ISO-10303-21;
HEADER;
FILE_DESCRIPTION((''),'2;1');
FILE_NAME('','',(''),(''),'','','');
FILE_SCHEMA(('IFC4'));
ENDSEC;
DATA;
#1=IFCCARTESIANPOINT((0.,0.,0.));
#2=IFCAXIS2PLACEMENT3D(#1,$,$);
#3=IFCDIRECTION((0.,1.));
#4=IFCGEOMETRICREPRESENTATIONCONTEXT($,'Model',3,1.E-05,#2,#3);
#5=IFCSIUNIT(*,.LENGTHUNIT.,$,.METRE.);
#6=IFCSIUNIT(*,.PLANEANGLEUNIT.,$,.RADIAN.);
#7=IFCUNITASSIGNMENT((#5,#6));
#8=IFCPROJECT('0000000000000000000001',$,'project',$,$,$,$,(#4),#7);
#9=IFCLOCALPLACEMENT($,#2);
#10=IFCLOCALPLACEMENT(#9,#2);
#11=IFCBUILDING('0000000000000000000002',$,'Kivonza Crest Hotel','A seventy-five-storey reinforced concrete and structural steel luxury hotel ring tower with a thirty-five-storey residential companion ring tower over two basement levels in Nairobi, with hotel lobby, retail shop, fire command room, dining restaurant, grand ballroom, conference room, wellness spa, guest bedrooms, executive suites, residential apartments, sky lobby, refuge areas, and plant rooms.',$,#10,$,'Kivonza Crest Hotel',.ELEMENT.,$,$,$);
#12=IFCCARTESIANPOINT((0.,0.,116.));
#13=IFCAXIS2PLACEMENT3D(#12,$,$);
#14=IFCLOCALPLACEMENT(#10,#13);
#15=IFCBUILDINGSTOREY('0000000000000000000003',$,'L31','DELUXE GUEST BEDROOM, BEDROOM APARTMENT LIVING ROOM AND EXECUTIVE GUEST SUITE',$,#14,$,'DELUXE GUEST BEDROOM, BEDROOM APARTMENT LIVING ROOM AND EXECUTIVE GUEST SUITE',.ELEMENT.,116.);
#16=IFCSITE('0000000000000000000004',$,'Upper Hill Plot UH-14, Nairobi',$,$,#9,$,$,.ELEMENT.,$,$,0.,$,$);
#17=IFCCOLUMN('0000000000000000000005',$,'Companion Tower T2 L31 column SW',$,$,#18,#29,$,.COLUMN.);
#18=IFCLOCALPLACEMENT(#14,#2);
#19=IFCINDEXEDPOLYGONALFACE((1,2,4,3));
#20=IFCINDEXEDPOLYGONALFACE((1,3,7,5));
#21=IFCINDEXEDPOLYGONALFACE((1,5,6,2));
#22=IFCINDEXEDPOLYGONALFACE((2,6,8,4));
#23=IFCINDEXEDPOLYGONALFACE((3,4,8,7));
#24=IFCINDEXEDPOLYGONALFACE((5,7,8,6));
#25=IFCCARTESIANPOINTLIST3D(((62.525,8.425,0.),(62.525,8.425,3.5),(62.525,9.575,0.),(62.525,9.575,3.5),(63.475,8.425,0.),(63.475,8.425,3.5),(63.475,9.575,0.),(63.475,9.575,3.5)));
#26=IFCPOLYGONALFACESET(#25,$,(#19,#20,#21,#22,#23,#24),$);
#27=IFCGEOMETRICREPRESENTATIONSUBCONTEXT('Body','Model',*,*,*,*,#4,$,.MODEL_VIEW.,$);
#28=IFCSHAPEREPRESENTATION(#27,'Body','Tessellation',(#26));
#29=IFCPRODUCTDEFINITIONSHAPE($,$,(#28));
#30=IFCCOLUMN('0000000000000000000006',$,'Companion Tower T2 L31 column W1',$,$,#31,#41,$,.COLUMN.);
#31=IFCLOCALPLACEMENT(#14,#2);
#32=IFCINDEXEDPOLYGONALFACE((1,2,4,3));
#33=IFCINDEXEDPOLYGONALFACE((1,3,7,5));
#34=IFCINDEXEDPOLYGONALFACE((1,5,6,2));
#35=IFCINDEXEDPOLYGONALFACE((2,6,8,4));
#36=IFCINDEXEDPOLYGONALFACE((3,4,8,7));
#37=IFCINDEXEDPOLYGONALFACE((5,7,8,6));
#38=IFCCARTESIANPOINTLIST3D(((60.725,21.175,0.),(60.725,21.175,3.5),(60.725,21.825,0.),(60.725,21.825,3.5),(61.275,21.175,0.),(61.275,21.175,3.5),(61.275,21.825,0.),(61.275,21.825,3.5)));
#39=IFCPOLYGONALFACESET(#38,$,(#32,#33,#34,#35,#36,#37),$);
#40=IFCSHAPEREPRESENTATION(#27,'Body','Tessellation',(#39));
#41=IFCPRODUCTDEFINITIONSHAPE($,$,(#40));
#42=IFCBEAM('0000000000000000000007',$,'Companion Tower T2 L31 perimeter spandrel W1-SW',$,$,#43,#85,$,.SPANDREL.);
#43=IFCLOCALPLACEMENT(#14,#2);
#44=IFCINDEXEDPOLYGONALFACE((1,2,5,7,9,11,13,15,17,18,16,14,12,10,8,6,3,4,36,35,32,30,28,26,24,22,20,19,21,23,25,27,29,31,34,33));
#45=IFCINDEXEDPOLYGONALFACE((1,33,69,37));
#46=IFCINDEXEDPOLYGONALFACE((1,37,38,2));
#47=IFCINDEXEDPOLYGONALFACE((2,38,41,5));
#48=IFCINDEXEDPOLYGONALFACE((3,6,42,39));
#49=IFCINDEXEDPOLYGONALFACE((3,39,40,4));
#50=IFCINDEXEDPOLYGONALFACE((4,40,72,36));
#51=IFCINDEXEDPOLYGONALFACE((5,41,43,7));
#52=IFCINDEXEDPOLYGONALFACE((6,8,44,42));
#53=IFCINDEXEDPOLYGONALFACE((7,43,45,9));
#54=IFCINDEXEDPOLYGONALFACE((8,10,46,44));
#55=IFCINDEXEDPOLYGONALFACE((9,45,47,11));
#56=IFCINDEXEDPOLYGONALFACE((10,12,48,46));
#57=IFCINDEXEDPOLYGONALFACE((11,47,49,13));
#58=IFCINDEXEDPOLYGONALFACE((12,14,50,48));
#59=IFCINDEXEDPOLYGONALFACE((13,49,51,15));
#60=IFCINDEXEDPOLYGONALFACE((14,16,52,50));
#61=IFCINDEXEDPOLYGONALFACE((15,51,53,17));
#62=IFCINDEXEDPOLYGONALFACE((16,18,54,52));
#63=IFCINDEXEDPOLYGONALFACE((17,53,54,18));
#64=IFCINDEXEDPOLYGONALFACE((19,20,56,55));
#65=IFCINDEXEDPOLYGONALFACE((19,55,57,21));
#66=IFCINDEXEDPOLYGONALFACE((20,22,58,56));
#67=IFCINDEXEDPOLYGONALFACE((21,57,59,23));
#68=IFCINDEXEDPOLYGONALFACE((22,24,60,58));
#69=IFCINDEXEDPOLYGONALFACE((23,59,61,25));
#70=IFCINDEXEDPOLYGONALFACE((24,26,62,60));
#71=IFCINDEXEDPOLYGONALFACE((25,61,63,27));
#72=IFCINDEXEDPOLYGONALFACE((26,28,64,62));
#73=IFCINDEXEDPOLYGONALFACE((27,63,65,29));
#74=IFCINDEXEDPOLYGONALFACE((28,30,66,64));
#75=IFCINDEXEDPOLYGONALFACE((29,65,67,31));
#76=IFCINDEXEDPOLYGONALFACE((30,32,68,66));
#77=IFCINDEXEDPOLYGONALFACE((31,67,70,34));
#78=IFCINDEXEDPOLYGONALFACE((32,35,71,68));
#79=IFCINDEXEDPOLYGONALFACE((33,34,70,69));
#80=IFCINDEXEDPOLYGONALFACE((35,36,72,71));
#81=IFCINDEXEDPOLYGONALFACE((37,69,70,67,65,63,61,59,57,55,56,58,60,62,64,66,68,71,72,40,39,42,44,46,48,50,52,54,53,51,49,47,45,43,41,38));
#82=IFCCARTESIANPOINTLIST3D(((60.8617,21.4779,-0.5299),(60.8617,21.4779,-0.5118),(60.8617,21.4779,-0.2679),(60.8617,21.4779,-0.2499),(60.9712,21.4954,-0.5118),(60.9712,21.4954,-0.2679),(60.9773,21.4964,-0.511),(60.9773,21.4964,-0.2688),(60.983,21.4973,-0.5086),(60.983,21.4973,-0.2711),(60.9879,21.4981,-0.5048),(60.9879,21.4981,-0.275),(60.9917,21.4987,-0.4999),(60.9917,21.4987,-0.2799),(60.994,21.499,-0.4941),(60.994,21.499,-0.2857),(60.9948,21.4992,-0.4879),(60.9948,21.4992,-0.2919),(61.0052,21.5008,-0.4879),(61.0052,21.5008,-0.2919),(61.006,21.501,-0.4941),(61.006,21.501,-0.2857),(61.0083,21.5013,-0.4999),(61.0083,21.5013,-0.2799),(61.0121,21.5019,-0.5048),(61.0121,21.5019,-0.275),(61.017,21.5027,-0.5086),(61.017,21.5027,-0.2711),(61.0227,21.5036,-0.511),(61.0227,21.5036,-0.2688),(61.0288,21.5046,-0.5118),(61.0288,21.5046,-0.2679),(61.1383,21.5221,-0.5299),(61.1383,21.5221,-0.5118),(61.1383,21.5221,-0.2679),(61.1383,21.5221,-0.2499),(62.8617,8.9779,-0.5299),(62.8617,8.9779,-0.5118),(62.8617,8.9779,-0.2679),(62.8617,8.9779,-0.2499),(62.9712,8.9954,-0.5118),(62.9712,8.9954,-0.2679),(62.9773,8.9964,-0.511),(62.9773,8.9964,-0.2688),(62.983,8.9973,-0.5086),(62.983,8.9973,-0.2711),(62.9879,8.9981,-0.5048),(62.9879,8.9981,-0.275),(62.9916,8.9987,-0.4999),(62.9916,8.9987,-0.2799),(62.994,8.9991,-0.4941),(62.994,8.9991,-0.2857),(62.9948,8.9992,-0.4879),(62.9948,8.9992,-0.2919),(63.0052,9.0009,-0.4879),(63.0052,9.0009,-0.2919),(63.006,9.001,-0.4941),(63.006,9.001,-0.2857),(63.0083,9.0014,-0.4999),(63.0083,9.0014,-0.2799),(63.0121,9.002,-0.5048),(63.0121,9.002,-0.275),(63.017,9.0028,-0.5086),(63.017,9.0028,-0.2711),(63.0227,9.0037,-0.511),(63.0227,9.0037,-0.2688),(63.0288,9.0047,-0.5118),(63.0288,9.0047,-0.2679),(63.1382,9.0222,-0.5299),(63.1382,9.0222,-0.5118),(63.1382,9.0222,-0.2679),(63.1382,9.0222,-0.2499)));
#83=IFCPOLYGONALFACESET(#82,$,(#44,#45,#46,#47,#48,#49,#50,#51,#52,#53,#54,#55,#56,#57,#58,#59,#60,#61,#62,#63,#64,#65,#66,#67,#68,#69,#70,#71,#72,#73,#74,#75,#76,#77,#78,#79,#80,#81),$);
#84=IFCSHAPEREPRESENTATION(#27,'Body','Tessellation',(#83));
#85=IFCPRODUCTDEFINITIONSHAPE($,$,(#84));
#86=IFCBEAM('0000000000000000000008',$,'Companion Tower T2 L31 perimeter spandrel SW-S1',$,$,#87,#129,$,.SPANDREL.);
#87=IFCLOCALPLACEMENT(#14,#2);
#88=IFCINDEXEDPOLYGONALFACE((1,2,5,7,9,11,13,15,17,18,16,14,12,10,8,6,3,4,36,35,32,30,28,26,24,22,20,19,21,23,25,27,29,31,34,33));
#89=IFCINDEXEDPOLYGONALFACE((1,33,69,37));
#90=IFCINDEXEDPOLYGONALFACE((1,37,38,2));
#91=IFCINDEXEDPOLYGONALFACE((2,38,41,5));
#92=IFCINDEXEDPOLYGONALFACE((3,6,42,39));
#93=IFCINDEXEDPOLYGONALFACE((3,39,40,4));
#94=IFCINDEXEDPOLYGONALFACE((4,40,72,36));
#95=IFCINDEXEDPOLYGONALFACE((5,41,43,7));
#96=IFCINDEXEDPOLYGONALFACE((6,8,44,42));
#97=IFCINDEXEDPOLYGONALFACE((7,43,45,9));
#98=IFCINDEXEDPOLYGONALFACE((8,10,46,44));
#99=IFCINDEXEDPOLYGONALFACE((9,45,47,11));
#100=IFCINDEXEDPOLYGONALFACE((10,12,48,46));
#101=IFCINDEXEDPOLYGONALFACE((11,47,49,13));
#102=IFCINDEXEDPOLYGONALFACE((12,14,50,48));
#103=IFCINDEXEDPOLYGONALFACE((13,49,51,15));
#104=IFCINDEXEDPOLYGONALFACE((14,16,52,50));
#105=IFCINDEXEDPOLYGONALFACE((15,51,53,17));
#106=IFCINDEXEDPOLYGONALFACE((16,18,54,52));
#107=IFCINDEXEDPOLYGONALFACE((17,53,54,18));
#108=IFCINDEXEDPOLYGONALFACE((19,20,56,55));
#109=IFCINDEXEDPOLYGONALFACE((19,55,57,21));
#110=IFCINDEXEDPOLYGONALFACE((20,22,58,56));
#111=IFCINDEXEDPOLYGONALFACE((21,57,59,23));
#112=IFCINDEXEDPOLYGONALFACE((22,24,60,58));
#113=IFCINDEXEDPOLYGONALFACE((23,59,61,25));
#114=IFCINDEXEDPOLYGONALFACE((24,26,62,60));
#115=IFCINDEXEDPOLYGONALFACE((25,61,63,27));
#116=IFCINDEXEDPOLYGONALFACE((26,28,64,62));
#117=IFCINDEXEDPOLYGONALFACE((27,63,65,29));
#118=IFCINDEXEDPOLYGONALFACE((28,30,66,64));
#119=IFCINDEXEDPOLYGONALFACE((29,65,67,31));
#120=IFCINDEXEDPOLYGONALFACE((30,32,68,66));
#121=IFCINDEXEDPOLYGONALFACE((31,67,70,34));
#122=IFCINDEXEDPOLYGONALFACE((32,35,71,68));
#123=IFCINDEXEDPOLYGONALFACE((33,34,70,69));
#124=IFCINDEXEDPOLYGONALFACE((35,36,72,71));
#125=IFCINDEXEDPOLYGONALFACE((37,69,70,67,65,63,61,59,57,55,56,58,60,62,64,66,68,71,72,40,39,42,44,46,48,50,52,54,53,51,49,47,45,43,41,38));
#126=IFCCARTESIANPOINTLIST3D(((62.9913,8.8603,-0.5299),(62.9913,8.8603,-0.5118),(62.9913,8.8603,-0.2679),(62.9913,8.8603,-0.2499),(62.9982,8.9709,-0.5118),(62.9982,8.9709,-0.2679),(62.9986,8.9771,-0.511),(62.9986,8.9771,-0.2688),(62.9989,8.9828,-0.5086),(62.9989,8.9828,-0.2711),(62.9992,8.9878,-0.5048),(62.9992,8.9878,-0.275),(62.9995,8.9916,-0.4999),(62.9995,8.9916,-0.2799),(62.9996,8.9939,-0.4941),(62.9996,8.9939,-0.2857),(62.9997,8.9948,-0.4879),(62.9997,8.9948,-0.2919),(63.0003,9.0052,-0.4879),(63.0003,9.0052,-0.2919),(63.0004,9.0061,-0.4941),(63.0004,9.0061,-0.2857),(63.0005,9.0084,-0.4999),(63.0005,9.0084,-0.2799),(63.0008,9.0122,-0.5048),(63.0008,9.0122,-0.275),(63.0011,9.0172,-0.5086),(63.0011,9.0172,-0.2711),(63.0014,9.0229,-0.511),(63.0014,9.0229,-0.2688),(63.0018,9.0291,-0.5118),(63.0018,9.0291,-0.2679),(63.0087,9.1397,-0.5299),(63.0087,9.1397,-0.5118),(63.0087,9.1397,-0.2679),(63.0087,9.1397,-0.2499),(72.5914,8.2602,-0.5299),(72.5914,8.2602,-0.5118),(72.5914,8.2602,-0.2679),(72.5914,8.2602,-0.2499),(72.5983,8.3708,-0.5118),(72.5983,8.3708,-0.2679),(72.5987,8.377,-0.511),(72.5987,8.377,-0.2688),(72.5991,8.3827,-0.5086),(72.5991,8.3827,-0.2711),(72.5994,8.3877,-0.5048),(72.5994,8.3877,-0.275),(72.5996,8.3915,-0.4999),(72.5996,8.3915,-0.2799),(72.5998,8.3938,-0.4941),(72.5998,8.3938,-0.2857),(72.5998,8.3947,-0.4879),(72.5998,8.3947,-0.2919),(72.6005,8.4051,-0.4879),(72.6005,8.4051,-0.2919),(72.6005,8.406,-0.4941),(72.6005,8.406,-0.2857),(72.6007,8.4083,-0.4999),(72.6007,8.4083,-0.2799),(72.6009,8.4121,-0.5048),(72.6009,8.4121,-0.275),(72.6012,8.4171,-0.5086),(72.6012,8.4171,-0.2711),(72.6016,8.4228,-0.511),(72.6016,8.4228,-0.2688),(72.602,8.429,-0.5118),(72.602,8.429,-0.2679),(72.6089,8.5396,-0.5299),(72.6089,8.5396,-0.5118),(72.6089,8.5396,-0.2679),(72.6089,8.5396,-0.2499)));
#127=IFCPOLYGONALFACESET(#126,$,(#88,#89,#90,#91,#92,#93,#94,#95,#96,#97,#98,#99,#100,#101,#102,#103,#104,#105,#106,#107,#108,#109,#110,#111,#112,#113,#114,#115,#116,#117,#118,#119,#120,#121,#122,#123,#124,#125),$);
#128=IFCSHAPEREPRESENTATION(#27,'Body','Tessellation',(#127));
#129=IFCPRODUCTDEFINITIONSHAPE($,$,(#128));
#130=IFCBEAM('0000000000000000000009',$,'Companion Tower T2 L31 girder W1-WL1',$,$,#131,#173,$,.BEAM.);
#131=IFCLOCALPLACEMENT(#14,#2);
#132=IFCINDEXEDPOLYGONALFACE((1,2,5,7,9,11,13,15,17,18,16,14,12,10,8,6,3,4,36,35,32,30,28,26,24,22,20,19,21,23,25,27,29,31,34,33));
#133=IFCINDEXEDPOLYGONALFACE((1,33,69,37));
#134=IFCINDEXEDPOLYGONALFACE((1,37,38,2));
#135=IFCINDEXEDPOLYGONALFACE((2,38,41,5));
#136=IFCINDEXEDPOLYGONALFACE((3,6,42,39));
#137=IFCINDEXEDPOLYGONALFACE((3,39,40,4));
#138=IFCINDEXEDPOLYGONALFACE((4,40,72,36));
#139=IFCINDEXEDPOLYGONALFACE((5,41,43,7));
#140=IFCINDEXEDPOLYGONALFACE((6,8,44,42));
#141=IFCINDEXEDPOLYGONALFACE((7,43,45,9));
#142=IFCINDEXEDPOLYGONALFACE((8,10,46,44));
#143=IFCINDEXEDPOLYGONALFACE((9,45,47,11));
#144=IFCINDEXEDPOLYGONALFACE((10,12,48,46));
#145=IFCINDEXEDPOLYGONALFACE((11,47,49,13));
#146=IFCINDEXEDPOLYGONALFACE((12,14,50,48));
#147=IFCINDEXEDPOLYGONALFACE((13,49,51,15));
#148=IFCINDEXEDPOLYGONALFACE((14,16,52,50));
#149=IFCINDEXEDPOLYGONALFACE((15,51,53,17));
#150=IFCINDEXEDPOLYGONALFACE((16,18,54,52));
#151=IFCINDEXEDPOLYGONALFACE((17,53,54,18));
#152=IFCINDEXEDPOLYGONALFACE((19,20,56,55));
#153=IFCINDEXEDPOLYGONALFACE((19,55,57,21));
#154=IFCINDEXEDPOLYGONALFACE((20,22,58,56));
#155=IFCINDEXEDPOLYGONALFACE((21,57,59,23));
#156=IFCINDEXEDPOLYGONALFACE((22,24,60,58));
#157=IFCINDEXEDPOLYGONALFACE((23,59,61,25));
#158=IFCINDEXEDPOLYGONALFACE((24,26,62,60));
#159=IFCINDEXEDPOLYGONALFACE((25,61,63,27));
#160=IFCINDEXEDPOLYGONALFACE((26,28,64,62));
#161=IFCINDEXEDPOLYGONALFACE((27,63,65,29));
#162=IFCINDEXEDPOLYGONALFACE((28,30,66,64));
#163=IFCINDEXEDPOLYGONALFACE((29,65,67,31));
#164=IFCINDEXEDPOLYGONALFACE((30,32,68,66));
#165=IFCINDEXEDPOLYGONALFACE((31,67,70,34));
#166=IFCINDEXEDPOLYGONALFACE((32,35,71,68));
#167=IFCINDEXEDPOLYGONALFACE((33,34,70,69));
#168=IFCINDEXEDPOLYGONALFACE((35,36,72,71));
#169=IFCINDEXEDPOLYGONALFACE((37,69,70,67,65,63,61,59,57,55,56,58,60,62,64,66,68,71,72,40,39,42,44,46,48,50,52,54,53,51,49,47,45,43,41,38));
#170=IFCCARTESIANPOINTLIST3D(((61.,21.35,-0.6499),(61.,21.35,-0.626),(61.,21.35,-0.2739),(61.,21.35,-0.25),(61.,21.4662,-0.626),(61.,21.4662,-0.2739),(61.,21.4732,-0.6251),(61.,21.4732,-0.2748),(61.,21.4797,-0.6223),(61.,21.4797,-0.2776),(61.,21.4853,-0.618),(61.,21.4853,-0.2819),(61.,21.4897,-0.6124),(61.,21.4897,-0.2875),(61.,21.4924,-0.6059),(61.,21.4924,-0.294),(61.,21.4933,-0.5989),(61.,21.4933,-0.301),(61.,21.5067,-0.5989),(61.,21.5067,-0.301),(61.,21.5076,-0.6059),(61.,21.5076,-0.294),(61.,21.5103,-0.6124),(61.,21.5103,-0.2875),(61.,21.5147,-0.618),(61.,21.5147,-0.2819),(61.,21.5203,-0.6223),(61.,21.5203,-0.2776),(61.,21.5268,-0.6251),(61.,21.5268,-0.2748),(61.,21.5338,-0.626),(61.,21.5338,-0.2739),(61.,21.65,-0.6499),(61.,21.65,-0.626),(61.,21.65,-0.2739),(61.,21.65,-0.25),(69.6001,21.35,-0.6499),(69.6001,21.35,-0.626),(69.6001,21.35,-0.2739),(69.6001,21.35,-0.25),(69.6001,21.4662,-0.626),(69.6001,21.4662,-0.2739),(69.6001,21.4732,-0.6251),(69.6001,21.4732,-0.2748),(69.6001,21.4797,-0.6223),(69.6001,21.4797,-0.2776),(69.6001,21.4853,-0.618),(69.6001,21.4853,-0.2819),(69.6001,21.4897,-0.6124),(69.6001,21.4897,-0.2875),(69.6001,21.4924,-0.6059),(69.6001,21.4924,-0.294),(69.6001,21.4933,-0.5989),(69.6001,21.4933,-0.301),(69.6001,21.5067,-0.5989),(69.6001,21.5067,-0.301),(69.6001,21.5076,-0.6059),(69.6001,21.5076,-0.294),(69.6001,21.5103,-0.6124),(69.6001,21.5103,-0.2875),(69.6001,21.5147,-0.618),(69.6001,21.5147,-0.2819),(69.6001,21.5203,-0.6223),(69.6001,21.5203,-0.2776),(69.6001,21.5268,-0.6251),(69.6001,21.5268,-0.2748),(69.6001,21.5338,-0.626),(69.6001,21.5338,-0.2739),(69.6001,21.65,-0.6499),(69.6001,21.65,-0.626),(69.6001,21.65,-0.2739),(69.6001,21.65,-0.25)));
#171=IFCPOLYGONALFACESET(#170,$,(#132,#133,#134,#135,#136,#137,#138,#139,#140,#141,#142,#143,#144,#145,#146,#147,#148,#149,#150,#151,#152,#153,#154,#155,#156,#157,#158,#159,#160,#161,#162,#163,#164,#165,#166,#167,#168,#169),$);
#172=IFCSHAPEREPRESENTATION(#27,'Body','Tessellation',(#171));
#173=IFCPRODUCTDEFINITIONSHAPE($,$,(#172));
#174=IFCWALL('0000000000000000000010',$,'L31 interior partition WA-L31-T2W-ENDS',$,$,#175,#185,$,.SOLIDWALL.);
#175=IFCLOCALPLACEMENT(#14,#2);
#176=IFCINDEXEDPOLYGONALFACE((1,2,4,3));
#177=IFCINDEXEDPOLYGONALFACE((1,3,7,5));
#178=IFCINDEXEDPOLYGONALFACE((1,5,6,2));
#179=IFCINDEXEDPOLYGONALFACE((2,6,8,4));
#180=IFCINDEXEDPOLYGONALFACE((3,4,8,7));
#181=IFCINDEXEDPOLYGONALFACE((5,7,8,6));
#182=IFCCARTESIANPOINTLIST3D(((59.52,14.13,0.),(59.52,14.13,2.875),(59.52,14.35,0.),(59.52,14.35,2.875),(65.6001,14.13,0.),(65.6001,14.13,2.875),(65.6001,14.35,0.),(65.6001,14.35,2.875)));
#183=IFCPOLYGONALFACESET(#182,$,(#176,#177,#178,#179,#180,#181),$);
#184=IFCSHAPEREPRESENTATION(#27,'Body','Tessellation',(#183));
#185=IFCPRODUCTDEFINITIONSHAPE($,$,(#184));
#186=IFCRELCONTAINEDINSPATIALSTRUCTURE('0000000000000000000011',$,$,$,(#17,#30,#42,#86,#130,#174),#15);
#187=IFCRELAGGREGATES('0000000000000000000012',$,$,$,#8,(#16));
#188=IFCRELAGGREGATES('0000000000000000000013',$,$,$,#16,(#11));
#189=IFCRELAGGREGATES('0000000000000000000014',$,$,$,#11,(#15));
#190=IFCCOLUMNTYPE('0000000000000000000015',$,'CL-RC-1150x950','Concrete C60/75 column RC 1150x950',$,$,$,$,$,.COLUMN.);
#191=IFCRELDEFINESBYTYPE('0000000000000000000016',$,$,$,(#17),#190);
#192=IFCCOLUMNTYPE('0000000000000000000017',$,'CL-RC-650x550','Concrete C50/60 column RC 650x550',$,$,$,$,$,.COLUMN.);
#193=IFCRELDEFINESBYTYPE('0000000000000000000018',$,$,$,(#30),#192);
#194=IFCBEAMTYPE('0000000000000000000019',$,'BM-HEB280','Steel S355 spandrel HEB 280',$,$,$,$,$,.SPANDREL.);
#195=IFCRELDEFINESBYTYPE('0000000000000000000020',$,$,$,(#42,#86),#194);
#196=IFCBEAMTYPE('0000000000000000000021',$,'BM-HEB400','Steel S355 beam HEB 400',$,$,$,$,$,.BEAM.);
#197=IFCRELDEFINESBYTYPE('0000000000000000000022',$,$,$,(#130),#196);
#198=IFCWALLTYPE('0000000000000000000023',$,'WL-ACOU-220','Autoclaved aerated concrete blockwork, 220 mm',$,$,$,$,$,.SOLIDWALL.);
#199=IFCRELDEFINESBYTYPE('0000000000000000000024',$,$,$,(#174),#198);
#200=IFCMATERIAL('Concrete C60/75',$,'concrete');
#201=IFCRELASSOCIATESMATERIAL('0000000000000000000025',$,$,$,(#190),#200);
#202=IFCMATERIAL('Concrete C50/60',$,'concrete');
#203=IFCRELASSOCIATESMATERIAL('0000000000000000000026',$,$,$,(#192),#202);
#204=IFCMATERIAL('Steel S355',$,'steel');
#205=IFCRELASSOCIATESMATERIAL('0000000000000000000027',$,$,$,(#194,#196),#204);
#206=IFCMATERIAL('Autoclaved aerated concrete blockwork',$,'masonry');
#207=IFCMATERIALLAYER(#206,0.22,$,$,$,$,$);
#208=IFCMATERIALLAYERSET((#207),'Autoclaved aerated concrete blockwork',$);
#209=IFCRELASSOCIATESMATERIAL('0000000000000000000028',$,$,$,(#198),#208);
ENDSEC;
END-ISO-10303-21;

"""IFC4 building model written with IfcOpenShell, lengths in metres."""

from ifc_helpers import new_model, si_unit, direction, frame, frame_2d, origin, origin_2d, place, context, subcontext, project, spatial, rectangle, i_section, extrude, material, layer, layer_set, material_profile, profile_set, type_object, element, save


model = new_model("IFC4")

# Units and contexts
model_context = context("Model", 3, precision=1e-05, world=origin(), true_north=direction((0.0, 1.0)))
body_context = subcontext(model_context, "Body", "Model", "MODEL_VIEW")
ifc_project = project(units=[si_unit("LENGTHUNIT", "METRE"), si_unit("PLANEANGLEUNIT", "RADIAN")], contexts=[model_context])

# Site, building, storey
site_placement = place(None, origin())
site = spatial("IfcSite", under=ifc_project, at=site_placement, Name="Upper Hill Plot UH-14, Nairobi", CompositionType="ELEMENT", RefElevation=0.0)
building_placement = place(site_placement, origin())
building = spatial("IfcBuilding", under=site, at=building_placement, Name="Kivonza Crest Hotel", Description="A seventy-five-storey reinforced concrete and structural steel luxury hotel ring tower with a thirty-five-storey residential companion ring tower over two basement levels in Nairobi, with hotel lobby, retail shop, fire command room, dining restaurant, grand ballroom, conference room, wellness spa, guest bedrooms, executive suites, residential apartments, sky lobby, refuge areas, and plant rooms.", LongName="Kivonza Crest Hotel", CompositionType="ELEMENT")
storey_placement = place(building_placement, frame((0.0, 0.0, 116.0)))
storey = spatial("IfcBuildingStorey", under=building, at=storey_placement, Name="L31", Description="DELUXE GUEST BEDROOM, BEDROOM APARTMENT LIVING ROOM AND EXECUTIVE GUEST SUITE", LongName="DELUXE GUEST BEDROOM, BEDROOM APARTMENT LIVING ROOM AND EXECUTIVE GUEST SUITE", CompositionType="ELEMENT", Elevation=116.0)

# Columns
ifc_material_1 = material(Name="Concrete C60/75", Category="concrete")
ifc_material_profile_1 = material_profile(ifc_material_1, rectangle(XDim=0.95, YDim=1.1499, at=origin_2d()), Name="RC 1150x950")
ifc_profile_set_1 = profile_set([ifc_material_profile_1], Name="Concrete C60/75")
column_type_1 = type_object("IfcColumnType", Name="CL-RC-1150x950", Description="Concrete C60/75 column RC 1150x950", PredefinedType="COLUMN", material=ifc_profile_set_1)
column_1_placement = place(storey_placement, frame((63.0, 9.0, 0.0), z_axis=(0.0, 0.0, 1.0), x_axis=(1.0, 0.0, 0.0)))
element("IfcColumn", 1, at=column_1_placement, inside=storey, type_object=column_type_1, Name="Companion Tower T2 L31 column SW", PredefinedType="COLUMN", context=body_context, shape_type="SweptSolid", body=[
    extrude(rectangle(XDim=0.95, YDim=1.1499, at=origin_2d()), origin(), (0.0, 0.0, 1.0), 3.5),
])
ifc_material_2 = material(Name="Concrete C50/60", Category="concrete")
ifc_material_profile_2 = material_profile(ifc_material_2, rectangle(XDim=0.55, YDim=0.6499, at=origin_2d()), Name="RC 650x550")
ifc_profile_set_2 = profile_set([ifc_material_profile_2], Name="Concrete C50/60")
column_type_2 = type_object("IfcColumnType", Name="CL-RC-650x550", Description="Concrete C50/60 column RC 650x550", PredefinedType="COLUMN", material=ifc_profile_set_2)
column_2_placement = place(storey_placement, frame((61.0, 21.5, 0.0), z_axis=(0.0, 0.0, 1.0), x_axis=(1.0, 0.0, 0.0)))
element("IfcColumn", 2, at=column_2_placement, inside=storey, type_object=column_type_2, Name="Companion Tower T2 L31 column W1", PredefinedType="COLUMN", context=body_context, shape_type="SweptSolid", body=[
    extrude(rectangle(XDim=0.55, YDim=0.6499, at=origin_2d()), origin(), (0.0, 0.0, 1.0), 3.5),
])

# Beams
ifc_material_3 = material(Name="Steel S355", Category="steel")
ifc_material_profile_3 = material_profile(ifc_material_3, i_section(OverallWidth=0.28, OverallDepth=0.28, WebThickness=0.0105, FlangeThickness=0.0181, FilletRadius=0.0239, at=origin_2d()), Name="HEB 280")
ifc_profile_set_3 = profile_set([ifc_material_profile_3], Name="Steel S355")
beam_type_1 = type_object("IfcBeamType", Name="BM-HEB280", Description="Steel S355 spandrel HEB 280", PredefinedType="SPANDREL", material=ifc_profile_set_3)
beam_1_placement = place(storey_placement, frame((61.0, 21.5, -0.3899), z_axis=(0.157991, -0.987441, 0.0), x_axis=(0.987441, 0.157991, 0.0)))
element("IfcBeam", 3, at=beam_1_placement, inside=storey, type_object=beam_type_1, Name="Companion Tower T2 L31 perimeter spandrel W1-SW", PredefinedType="SPANDREL", context=body_context, shape_type="SweptSolid", body=[
    extrude(i_section(OverallWidth=0.28, OverallDepth=0.28, WebThickness=0.0105, FlangeThickness=0.0181, FilletRadius=0.0239, at=origin_2d()), origin(), (0.0, 0.0, 1.0), 12.6589),
])
beam_2_placement = place(storey_placement, frame((63.0, 9.0, -0.3899), z_axis=(0.998052, -0.062388, 0.0), x_axis=(0.062388, 0.998052, 0.0)))
element("IfcBeam", 4, at=beam_2_placement, inside=storey, type_object=beam_type_1, Name="Companion Tower T2 L31 perimeter spandrel SW-S1", PredefinedType="SPANDREL", context=body_context, shape_type="SweptSolid", body=[
    extrude(i_section(OverallWidth=0.28, OverallDepth=0.28, WebThickness=0.0105, FlangeThickness=0.0181, FilletRadius=0.0239, at=origin_2d()), origin(), (0.0, 0.0, 1.0), 9.6189),
])
ifc_material_profile_4 = material_profile(ifc_material_3, i_section(OverallWidth=0.3, OverallDepth=0.3999, WebThickness=0.0134, FlangeThickness=0.0239, FilletRadius=0.0271, at=origin_2d()), Name="HEB 400")
ifc_profile_set_4 = profile_set([ifc_material_profile_4], Name="Steel S355")
beam_type_2 = type_object("IfcBeamType", Name="BM-HEB400", Description="Steel S355 beam HEB 400", PredefinedType="BEAM", material=ifc_profile_set_4)
beam_3_placement = place(storey_placement, frame((61.0, 21.5, -0.45), z_axis=(1.0, 0.0, 0.0), x_axis=(0.0, 1.0, 0.0)))
element("IfcBeam", 5, at=beam_3_placement, inside=storey, type_object=beam_type_2, Name="Companion Tower T2 L31 girder W1-WL1", PredefinedType="BEAM", context=body_context, shape_type="SweptSolid", body=[
    extrude(i_section(OverallWidth=0.3, OverallDepth=0.3999, WebThickness=0.0134, FlangeThickness=0.0239, FilletRadius=0.0271, at=origin_2d()), origin(), (0.0, 0.0, 1.0), 8.6001),
])

# Wall
ifc_material_4 = material(Name="Autoclaved aerated concrete blockwork", Category="masonry")
ifc_layer_1 = layer(ifc_material_4, 0.22)
ifc_layer_set_1 = layer_set([ifc_layer_1], Name="Autoclaved aerated concrete blockwork")
wall_type_1 = type_object("IfcWallType", Name="WL-ACOU-220", Description="Autoclaved aerated concrete blockwork, 220 mm", PredefinedType="SOLIDWALL", material=ifc_layer_set_1)
wall_1_placement = place(storey_placement, frame((59.52, 14.24, 0.0), z_axis=(0.0, 0.0, 1.0), x_axis=(1.0, 0.0, 0.0)))
element("IfcWall", 6, at=wall_1_placement, inside=storey, type_object=wall_type_1, Name="L31 interior partition WA-L31-T2W-ENDS", PredefinedType="SOLIDWALL", context=body_context, shape_type="SweptSolid", body=[
    extrude(rectangle(XDim=6.0801, YDim=0.22, at=frame_2d((3.04, 0.0))), origin(), (0.0, 0.0, 1.0), 2.875),
])

save(model, "model.ifc")
